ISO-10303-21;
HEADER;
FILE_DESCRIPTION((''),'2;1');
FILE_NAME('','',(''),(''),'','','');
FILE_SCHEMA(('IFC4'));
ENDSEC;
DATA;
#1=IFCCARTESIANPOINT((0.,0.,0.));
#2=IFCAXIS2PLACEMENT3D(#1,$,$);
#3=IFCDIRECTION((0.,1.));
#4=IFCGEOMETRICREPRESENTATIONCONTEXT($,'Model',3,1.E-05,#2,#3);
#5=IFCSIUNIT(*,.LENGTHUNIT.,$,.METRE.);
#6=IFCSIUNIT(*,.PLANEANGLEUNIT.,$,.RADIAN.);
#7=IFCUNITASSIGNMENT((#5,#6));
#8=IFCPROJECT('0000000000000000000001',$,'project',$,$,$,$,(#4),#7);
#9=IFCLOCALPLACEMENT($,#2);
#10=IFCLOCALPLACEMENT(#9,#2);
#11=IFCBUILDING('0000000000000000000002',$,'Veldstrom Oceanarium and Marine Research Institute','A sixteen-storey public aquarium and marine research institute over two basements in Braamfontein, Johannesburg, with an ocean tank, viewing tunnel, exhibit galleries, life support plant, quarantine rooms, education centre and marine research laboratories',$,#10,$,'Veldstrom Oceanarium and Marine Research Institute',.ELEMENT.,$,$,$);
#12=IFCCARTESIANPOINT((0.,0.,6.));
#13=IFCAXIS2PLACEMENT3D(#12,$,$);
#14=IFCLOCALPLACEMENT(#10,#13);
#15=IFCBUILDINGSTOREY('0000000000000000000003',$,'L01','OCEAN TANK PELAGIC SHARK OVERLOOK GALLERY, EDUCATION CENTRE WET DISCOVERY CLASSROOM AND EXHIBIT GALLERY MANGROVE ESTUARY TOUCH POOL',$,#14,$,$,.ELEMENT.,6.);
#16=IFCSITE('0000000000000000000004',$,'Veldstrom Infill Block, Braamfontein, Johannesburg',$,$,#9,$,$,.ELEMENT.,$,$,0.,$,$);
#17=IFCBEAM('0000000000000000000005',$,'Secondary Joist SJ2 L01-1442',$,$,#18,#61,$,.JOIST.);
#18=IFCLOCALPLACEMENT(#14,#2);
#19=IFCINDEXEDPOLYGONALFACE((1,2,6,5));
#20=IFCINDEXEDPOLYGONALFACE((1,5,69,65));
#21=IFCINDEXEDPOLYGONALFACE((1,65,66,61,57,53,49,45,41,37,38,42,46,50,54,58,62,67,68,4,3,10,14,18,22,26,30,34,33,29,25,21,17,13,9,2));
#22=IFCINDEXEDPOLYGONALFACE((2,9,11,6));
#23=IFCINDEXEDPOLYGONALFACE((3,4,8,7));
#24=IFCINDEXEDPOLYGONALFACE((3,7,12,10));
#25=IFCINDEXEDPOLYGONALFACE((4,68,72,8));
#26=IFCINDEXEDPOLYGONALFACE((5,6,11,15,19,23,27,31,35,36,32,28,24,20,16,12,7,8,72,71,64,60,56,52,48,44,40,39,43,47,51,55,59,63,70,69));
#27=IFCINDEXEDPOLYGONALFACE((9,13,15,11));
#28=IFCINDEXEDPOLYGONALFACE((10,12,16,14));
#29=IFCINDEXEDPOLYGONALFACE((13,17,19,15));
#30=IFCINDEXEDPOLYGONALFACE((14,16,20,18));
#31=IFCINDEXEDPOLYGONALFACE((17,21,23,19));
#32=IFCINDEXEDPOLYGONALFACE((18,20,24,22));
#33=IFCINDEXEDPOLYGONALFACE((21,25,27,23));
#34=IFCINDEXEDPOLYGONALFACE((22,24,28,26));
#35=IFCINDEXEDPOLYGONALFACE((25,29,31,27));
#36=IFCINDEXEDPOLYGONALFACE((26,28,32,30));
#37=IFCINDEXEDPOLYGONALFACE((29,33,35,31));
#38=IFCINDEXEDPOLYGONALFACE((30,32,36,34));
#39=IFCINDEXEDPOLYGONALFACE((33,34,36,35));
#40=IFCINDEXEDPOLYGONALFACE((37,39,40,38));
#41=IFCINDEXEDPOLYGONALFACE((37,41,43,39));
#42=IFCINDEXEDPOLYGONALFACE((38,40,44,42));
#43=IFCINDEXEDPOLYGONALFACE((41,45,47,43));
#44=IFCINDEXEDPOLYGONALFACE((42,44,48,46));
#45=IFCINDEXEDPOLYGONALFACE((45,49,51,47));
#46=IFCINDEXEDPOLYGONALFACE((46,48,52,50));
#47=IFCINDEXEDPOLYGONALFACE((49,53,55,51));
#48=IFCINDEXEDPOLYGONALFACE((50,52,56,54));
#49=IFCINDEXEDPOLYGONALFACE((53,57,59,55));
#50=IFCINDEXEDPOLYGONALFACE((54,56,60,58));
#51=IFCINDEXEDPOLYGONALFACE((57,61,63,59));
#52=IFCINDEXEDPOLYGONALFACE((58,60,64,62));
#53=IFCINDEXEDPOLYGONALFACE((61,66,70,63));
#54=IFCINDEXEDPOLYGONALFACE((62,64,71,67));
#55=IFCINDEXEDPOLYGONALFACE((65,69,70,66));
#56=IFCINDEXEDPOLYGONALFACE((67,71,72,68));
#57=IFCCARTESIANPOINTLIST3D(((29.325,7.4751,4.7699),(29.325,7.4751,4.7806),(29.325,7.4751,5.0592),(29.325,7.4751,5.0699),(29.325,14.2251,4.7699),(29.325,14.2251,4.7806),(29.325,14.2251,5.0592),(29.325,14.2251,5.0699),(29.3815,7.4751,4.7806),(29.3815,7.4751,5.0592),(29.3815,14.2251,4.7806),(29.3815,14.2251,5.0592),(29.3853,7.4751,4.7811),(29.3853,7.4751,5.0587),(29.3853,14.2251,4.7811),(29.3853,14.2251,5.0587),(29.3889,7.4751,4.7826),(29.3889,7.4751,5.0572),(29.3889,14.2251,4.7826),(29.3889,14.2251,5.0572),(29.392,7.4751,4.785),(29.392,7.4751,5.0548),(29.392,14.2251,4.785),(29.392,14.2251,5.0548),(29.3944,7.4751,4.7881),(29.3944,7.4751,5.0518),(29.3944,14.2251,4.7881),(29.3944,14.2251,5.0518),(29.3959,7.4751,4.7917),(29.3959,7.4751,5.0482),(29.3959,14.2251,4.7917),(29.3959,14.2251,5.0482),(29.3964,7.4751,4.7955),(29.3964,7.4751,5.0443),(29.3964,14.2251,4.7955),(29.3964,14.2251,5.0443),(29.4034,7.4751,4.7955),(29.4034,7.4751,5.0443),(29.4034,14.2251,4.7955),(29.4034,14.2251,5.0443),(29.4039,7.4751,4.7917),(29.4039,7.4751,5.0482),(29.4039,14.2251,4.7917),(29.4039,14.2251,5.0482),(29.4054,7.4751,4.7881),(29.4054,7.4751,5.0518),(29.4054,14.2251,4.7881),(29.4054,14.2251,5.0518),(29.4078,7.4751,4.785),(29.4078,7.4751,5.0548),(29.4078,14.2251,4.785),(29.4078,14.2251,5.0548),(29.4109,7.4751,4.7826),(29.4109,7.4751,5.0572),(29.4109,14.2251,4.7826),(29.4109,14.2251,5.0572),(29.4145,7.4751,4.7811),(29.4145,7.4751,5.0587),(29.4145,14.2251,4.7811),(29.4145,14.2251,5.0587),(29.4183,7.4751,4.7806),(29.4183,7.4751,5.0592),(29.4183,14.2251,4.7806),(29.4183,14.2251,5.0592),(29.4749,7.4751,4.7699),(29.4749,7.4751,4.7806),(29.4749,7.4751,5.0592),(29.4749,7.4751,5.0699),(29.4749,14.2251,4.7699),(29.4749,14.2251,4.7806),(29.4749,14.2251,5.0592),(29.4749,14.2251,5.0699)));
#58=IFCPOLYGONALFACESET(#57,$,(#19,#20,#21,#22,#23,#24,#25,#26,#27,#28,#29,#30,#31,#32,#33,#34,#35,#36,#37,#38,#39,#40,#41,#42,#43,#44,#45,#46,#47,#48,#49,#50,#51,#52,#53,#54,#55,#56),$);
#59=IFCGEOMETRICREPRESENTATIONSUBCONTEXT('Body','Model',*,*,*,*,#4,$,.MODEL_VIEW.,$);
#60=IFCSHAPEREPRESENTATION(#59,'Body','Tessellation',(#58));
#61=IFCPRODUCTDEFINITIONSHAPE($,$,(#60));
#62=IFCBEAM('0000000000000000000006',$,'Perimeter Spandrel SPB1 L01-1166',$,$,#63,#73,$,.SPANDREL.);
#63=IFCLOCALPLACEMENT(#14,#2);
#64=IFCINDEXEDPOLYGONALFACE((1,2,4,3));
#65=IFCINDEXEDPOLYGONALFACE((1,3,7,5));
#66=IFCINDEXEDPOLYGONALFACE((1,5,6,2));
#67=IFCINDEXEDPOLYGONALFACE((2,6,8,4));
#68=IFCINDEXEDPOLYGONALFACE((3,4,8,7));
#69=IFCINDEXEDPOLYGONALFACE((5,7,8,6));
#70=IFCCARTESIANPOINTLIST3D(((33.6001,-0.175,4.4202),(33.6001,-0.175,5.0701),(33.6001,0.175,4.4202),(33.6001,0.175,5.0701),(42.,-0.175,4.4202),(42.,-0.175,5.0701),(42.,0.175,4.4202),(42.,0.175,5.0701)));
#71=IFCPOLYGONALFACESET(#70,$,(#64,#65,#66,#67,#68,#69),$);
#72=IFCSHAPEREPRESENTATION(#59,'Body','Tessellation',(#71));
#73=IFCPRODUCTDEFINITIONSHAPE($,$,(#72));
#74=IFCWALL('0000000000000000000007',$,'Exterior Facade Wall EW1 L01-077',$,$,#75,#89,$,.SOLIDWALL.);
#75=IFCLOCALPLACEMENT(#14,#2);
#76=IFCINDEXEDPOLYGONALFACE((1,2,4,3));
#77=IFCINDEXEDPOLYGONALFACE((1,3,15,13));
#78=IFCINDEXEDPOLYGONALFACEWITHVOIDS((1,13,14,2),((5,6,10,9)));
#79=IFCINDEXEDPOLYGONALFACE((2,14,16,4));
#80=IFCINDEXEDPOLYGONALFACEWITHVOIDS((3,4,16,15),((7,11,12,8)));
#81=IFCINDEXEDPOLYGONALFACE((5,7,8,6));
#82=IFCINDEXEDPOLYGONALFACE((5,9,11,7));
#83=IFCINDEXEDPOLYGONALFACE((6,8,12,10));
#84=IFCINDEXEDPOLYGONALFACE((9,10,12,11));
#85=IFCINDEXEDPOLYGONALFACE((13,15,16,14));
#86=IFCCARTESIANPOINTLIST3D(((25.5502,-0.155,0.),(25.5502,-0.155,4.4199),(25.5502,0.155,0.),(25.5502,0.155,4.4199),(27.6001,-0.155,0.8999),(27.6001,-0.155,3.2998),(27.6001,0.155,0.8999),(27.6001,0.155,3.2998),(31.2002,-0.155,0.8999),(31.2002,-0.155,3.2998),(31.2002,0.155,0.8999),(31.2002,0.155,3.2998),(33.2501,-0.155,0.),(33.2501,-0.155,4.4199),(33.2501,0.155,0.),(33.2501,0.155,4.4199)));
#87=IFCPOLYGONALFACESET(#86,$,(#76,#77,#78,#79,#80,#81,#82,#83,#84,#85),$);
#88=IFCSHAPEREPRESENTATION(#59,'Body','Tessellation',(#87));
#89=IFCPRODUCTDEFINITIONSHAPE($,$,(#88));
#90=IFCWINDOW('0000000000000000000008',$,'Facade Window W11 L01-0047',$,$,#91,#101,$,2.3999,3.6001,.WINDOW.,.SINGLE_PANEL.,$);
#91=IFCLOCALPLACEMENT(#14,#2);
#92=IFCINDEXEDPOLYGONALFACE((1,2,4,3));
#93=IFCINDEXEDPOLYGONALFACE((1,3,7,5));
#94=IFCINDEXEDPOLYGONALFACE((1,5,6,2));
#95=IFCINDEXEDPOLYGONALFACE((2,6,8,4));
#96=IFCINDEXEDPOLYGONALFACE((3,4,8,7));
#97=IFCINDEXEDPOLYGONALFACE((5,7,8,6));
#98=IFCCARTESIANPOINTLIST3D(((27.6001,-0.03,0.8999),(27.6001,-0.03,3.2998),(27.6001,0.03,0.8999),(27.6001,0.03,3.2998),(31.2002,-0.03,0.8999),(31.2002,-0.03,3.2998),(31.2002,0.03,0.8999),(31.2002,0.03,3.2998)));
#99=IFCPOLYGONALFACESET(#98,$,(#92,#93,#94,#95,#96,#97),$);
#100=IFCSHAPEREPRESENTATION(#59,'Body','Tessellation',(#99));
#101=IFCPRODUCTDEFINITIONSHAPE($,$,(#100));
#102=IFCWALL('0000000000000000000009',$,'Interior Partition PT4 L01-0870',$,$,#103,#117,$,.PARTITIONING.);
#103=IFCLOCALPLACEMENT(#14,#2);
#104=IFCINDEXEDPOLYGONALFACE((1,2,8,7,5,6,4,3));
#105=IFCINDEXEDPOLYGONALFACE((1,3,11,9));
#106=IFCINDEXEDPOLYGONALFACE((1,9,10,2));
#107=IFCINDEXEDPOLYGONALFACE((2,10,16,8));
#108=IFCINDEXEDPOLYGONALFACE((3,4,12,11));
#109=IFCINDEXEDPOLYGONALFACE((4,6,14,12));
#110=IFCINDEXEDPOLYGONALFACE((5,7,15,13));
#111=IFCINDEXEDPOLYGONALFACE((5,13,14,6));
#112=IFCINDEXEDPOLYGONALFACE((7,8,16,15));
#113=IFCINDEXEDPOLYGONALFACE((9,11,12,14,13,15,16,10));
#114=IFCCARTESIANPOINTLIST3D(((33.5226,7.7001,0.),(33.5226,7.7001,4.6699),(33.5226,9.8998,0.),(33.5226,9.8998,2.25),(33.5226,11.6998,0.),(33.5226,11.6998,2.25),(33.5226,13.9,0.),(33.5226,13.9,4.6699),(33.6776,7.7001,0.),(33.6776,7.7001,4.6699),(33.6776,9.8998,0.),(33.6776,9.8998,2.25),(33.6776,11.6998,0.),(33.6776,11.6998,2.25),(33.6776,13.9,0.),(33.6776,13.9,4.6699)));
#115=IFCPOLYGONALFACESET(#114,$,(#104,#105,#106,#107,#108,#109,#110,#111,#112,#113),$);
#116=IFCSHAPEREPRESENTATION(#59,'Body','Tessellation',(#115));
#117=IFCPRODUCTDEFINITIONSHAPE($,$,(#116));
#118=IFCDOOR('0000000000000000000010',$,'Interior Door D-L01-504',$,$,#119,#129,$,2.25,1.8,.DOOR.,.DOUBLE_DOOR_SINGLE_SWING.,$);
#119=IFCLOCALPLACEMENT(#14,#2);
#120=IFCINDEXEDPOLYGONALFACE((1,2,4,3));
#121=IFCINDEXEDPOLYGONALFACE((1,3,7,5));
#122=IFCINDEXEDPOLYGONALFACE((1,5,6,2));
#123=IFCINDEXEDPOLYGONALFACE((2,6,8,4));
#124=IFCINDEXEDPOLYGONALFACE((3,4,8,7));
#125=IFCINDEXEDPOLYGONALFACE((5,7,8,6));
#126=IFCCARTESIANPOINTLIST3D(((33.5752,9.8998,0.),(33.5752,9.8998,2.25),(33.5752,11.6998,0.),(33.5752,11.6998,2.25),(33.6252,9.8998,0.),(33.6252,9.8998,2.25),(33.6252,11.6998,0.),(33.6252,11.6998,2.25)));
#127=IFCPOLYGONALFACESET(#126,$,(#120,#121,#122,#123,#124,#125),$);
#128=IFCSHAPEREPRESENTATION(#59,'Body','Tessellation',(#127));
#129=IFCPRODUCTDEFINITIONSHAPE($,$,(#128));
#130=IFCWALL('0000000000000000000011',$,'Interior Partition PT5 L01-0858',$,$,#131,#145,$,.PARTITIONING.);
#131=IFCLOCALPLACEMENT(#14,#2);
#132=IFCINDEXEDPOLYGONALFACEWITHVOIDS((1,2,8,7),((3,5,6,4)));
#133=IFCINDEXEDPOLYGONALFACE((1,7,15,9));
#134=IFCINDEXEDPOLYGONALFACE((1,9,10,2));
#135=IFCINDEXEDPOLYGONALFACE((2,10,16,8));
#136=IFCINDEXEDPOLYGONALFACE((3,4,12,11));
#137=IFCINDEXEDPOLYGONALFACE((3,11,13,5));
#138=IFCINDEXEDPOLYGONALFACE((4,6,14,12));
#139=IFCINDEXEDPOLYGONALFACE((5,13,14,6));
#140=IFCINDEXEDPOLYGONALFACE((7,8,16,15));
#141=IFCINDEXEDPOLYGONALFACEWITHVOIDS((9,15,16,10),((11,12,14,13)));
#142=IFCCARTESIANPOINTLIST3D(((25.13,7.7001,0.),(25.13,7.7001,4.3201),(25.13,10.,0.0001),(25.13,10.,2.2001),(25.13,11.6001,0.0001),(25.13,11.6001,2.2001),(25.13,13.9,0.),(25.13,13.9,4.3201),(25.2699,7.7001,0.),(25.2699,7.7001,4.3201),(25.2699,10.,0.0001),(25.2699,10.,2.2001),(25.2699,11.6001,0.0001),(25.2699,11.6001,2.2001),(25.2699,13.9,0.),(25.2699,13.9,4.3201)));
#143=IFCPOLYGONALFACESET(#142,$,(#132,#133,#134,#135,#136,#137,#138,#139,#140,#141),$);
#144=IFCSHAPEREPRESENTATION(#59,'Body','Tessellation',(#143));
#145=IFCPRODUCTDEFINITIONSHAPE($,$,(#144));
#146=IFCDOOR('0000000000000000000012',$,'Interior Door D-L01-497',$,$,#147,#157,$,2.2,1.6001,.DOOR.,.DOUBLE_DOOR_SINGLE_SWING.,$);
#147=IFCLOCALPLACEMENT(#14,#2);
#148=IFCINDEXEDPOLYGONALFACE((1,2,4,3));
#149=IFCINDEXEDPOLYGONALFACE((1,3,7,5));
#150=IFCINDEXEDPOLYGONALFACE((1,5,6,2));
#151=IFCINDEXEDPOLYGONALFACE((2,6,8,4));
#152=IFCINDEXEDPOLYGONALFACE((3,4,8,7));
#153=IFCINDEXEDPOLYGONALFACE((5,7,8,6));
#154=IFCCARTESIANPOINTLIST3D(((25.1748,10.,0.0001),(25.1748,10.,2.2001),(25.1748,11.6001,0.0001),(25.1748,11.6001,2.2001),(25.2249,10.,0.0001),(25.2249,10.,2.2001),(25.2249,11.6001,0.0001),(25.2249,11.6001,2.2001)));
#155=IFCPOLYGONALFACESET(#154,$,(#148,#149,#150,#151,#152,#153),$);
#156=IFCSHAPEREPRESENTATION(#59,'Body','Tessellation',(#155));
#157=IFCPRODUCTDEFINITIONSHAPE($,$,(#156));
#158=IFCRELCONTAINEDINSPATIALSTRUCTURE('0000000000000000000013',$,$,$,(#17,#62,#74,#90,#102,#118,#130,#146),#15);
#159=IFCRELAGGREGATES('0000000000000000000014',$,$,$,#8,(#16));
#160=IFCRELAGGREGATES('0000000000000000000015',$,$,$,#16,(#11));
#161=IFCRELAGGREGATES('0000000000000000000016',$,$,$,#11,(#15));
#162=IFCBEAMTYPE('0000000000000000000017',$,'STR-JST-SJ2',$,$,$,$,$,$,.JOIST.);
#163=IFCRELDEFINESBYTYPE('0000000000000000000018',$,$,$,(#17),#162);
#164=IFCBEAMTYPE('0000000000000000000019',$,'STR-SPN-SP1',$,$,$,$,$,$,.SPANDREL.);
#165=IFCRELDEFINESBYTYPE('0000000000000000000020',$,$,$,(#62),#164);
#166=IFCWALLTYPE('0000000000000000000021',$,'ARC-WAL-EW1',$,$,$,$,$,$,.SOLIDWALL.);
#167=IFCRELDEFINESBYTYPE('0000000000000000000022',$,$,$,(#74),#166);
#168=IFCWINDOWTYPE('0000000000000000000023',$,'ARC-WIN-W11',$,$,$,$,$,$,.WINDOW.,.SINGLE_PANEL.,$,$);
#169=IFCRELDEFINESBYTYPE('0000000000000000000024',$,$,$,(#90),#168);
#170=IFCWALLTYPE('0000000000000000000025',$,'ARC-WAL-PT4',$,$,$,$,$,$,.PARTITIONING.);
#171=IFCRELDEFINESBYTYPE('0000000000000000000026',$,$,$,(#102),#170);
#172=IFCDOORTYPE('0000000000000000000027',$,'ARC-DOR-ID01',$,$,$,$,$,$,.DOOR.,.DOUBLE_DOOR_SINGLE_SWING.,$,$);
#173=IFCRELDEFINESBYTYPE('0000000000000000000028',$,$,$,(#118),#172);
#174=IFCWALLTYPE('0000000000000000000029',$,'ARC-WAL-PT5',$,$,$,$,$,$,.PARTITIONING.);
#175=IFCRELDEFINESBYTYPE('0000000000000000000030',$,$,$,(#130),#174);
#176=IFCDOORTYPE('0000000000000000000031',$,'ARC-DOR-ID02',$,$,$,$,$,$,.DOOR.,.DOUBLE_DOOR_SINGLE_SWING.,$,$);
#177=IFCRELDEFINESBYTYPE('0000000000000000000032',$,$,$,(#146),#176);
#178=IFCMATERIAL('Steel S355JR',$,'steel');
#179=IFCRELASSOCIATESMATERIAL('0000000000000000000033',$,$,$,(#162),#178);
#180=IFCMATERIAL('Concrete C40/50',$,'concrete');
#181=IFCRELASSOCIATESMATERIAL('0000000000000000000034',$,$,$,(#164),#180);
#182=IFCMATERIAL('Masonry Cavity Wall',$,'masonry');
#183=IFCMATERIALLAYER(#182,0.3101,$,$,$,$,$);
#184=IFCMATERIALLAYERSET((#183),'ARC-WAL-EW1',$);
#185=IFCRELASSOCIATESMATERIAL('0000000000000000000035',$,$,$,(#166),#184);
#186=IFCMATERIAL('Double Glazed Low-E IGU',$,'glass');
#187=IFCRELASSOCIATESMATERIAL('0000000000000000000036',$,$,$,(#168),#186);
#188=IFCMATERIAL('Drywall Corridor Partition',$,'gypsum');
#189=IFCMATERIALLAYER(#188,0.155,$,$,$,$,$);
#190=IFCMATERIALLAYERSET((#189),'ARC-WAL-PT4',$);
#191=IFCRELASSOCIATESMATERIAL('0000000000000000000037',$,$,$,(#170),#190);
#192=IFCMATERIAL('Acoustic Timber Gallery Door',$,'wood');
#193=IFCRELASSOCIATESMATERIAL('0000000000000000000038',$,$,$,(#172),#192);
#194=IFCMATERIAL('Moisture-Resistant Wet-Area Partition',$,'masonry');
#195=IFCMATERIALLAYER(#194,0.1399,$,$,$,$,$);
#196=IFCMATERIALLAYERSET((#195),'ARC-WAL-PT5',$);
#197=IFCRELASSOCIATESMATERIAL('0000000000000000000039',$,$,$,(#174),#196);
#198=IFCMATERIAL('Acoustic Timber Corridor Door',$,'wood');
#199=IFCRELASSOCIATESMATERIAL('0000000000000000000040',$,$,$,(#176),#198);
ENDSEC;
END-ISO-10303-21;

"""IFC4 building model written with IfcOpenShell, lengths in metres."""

from ifc_helpers import new_model, si_unit, direction, frame, frame_2d, origin, origin_2d, place, context, subcontext, project, spatial, rectangle, i_section, extrude, material, layer, layer_set, material_profile, profile_set, type_object, element, fill, save


model = new_model("IFC4")

# Units and contexts
model_context = context("Model", 3, precision=1e-05, world=origin(), true_north=direction((0.0, 1.0)))
body_context = subcontext(model_context, "Body", "Model", "MODEL_VIEW")
ifc_project = project(units=[si_unit("LENGTHUNIT", "METRE"), si_unit("PLANEANGLEUNIT", "RADIAN")], contexts=[model_context])

# Site, building, storey
site_placement = place(None, origin())
site = spatial("IfcSite", under=ifc_project, at=site_placement, Name="Veldstrom Infill Block, Braamfontein, Johannesburg", CompositionType="ELEMENT", RefElevation=0.0)
building_placement = place(site_placement, origin())
building = spatial("IfcBuilding", under=site, at=building_placement, Name="Veldstrom Oceanarium and Marine Research Institute", Description="A sixteen-storey public aquarium and marine research institute over two basements in Braamfontein, Johannesburg, with an ocean tank, viewing tunnel, exhibit galleries, life support plant, quarantine rooms, education centre and marine research laboratories", LongName="Veldstrom Oceanarium and Marine Research Institute", CompositionType="ELEMENT")
storey_placement = place(building_placement, frame((0.0, 0.0, 6.0)))
storey = spatial("IfcBuildingStorey", under=building, at=storey_placement, Name="L01", Description="OCEAN TANK PELAGIC SHARK OVERLOOK GALLERY, EDUCATION CENTRE WET DISCOVERY CLASSROOM AND EXHIBIT GALLERY MANGROVE ESTUARY TOUCH POOL", CompositionType="ELEMENT", Elevation=6.0)

# Beams
ifc_material_1 = material(Name="Steel S355JR", Category="steel")
ifc_material_profile_1 = material_profile(ifc_material_1, i_section(OverallWidth=0.1499, OverallDepth=0.3, WebThickness=0.0071, FlangeThickness=0.0107, FilletRadius=0.0149, at=origin_2d()), Name="IPE 300")
ifc_profile_set_1 = profile_set([ifc_material_profile_1], Name="Steel S355JR")
beam_type_1 = type_object("IfcBeamType", Name="STR-JST-SJ2", PredefinedType="JOIST", material=ifc_profile_set_1)
beam_1_placement = place(storey_placement, frame((29.3999, 7.4751, 4.9199), z_axis=(0.0, 1.0, 0.0), x_axis=(-1.0, 0.0, 0.0)))
element("IfcBeam", 1, at=beam_1_placement, inside=storey, type_object=beam_type_1, Name="Secondary Joist SJ2 L01-1442", PredefinedType="JOIST", context=body_context, shape_type="SweptSolid", body=[
    extrude(i_section(OverallWidth=0.1499, OverallDepth=0.3, WebThickness=0.0071, FlangeThickness=0.0107, FilletRadius=0.0149, at=origin_2d()), origin(), (0.0, 0.0, 1.0), 6.75),
])
ifc_material_2 = material(Name="Concrete C40/50", Category="concrete")
ifc_material_profile_2 = material_profile(ifc_material_2, rectangle(XDim=0.3501, YDim=0.6499, at=origin_2d()), Name="RC-SPN-350x650")
ifc_profile_set_2 = profile_set([ifc_material_profile_2], Name="Concrete C40/50")
beam_type_2 = type_object("IfcBeamType", Name="STR-SPN-SP1", PredefinedType="SPANDREL", material=ifc_profile_set_2)
beam_2_placement = place(storey_placement, frame((33.6001, 0.0, 4.7451), z_axis=(1.0, 0.0, 0.0), x_axis=(0.0, 1.0, 0.0)))
element("IfcBeam", 2, at=beam_2_placement, inside=storey, type_object=beam_type_2, Name="Perimeter Spandrel SPB1 L01-1166", PredefinedType="SPANDREL", context=body_context, shape_type="SweptSolid", body=[
    extrude(rectangle(XDim=0.3501, YDim=0.6499, at=origin_2d()), origin(), (0.0, 0.0, 1.0), 8.3999),
])

# Wall, opening, window
ifc_material_3 = material(Name="Masonry Cavity Wall", Category="masonry")
ifc_layer_1 = layer(ifc_material_3, 0.3101)
ifc_layer_set_1 = layer_set([ifc_layer_1], Name="ARC-WAL-EW1")
wall_type_1 = type_object("IfcWallType", Name="ARC-WAL-EW1", PredefinedType="SOLIDWALL", material=ifc_layer_set_1)
wall_1_placement = place(storey_placement, frame((25.55, 0.0, 0.0), z_axis=(0.0, 0.0, 1.0), x_axis=(1.0, 0.0, 0.0)))
wall_1 = element("IfcWall", 3, at=wall_1_placement, inside=storey, type_object=wall_type_1, Name="Exterior Facade Wall EW1 L01-077", PredefinedType="SOLIDWALL", context=body_context, shape_type="SweptSolid", body=[
    extrude(rectangle(XDim=7.7, YDim=0.3101, at=frame_2d((3.8501, 0.0))), origin(), (0.0, 0.0, 1.0), 4.4199),
])
opening_1_placement = place(wall_1_placement, frame((2.05, 0.0, 0.8999)))
opening_1 = element("IfcOpeningElement", 4, at=opening_1_placement, cuts=wall_1, PredefinedType="OPENING", context=body_context, shape_type="SweptSolid", body=[
    extrude(rectangle(XDim=3.6001, YDim=2.3999, at=frame_2d((1.8, 1.2))), frame((0.0, 0.165, 0.0), z_axis=(0.0, -1.0, 0.0), x_axis=(1.0, 0.0, 0.0)), (0.0, 0.0, 1.0), 0.3301),
])
ifc_material_4 = material(Name="Double Glazed Low-E IGU", Category="glass")
window_type = type_object("IfcWindowType", Name="ARC-WIN-W11", PartitioningType="SINGLE_PANEL", PredefinedType="WINDOW", material=ifc_material_4)
window_placement = place(opening_1_placement, origin())
window = element("IfcWindow", 5, at=window_placement, inside=storey, type_object=window_type, Name="Facade Window W11 L01-0047", OverallHeight=2.3999, OverallWidth=3.6001, PartitioningType="SINGLE_PANEL", PredefinedType="WINDOW", context=body_context, shape_type="SweptSolid", body=[
    extrude(rectangle(XDim=3.6001, YDim=2.3999, at=frame_2d((1.8, 1.2))), frame((0.0, 0.03, 0.0), z_axis=(0.0, -1.0, 0.0), x_axis=(1.0, 0.0, 0.0)), (0.0, 0.0, 1.0), 0.0601),
])
fill(opening_1, window)

# Walls, openings, doors
ifc_material_5 = material(Name="Drywall Corridor Partition", Category="gypsum")
ifc_layer_2 = layer(ifc_material_5, 0.155)
ifc_layer_set_2 = layer_set([ifc_layer_2], Name="ARC-WAL-PT4")
wall_type_2 = type_object("IfcWallType", Name="ARC-WAL-PT4", PredefinedType="PARTITIONING", material=ifc_layer_set_2)
wall_2_placement = place(storey_placement, frame((33.6001, 7.7, 0.0), z_axis=(0.0, 0.0, 1.0), x_axis=(0.0, 1.0, 0.0)))
wall_2 = element("IfcWall", 6, at=wall_2_placement, inside=storey, type_object=wall_type_2, Name="Interior Partition PT4 L01-0870", PredefinedType="PARTITIONING", context=body_context, shape_type="SweptSolid", body=[
    extrude(rectangle(XDim=6.2, YDim=0.155, at=frame_2d((3.1001, 0.0))), origin(), (0.0, 0.0, 1.0), 4.6699),
])
opening_2_placement = place(wall_2_placement, frame((2.2, 0.0, 0.0)))
opening_2 = element("IfcOpeningElement", 7, at=opening_2_placement, cuts=wall_2, PredefinedType="OPENING", context=body_context, shape_type="SweptSolid", body=[
    extrude(rectangle(XDim=1.8, YDim=2.25, at=frame_2d((0.8999, 1.125))), frame((0.0, 0.0874, 0.0), z_axis=(0.0, -1.0, 0.0), x_axis=(1.0, 0.0, 0.0)), (0.0, 0.0, 1.0), 0.175),
])
ifc_material_6 = material(Name="Acoustic Timber Gallery Door", Category="wood")
door_type_1 = type_object("IfcDoorType", Name="ARC-DOR-ID01", OperationType="DOUBLE_DOOR_SINGLE_SWING", PredefinedType="DOOR", material=ifc_material_6)
door_1_placement = place(opening_2_placement, origin())
door_1 = element("IfcDoor", 8, at=door_1_placement, inside=storey, type_object=door_type_1, Name="Interior Door D-L01-504", OperationType="DOUBLE_DOOR_SINGLE_SWING", OverallHeight=2.25, OverallWidth=1.8, PredefinedType="DOOR", context=body_context, shape_type="SweptSolid", body=[
    extrude(rectangle(XDim=1.8, YDim=2.25, at=frame_2d((0.8999, 1.125))), frame((0.0, 0.0249, 0.0), z_axis=(0.0, -1.0, 0.0), x_axis=(1.0, 0.0, 0.0)), (0.0, 0.0, 1.0), 0.05),
])
fill(opening_2, door_1)
ifc_material_7 = material(Name="Moisture-Resistant Wet-Area Partition", Category="masonry")
ifc_layer_3 = layer(ifc_material_7, 0.1399)
ifc_layer_set_3 = layer_set([ifc_layer_3], Name="ARC-WAL-PT5")
wall_type_3 = type_object("IfcWallType", Name="ARC-WAL-PT5", PredefinedType="PARTITIONING", material=ifc_layer_set_3)
wall_3_placement = place(storey_placement, frame((25.2, 7.7, 0.0), z_axis=(0.0, 0.0, 1.0), x_axis=(0.0, 1.0, 0.0)))
wall_3 = element("IfcWall", 9, at=wall_3_placement, inside=storey, type_object=wall_type_3, Name="Interior Partition PT5 L01-0858", PredefinedType="PARTITIONING", context=body_context, shape_type="SweptSolid", body=[
    extrude(rectangle(XDim=6.2, YDim=0.1399, at=frame_2d((3.1001, 0.0))), origin(), (0.0, 0.0, 1.0), 4.3201),
])
opening_3_placement = place(wall_3_placement, frame((2.3, 0.0, 0.0)))
opening_3 = element("IfcOpeningElement", 10, at=opening_3_placement, cuts=wall_3, PredefinedType="OPENING", context=body_context, shape_type="SweptSolid", body=[
    extrude(rectangle(XDim=1.6001, YDim=2.2, at=frame_2d((0.8, 1.1001))), frame((0.0, 0.0798, 0.0), z_axis=(0.0, -1.0, 0.0), x_axis=(1.0, 0.0, 0.0)), (0.0, 0.0, 1.0), 0.1599),
])
ifc_material_8 = material(Name="Acoustic Timber Corridor Door", Category="wood")
door_type_2 = type_object("IfcDoorType", Name="ARC-DOR-ID02", OperationType="DOUBLE_DOOR_SINGLE_SWING", PredefinedType="DOOR", material=ifc_material_8)
door_2_placement = place(opening_3_placement, frame((1.6001, 0.0, 0.0), z_axis=(0.0, 0.0, 1.0), x_axis=(-1.0, 0.0, 0.0)))
door_2 = element("IfcDoor", 11, at=door_2_placement, inside=storey, type_object=door_type_2, Name="Interior Door D-L01-497", OperationType="DOUBLE_DOOR_SINGLE_SWING", OverallHeight=2.2, OverallWidth=1.6001, PredefinedType="DOOR", context=body_context, shape_type="SweptSolid", body=[
    extrude(rectangle(XDim=1.6001, YDim=2.2, at=frame_2d((0.8, 1.1001))), frame((0.0, 0.0249, 0.0), z_axis=(0.0, -1.0, 0.0), x_axis=(1.0, 0.0, 0.0)), (0.0, 0.0, 1.0), 0.05),
])
fill(opening_3, door_2)

save(model, "model.ifc")
